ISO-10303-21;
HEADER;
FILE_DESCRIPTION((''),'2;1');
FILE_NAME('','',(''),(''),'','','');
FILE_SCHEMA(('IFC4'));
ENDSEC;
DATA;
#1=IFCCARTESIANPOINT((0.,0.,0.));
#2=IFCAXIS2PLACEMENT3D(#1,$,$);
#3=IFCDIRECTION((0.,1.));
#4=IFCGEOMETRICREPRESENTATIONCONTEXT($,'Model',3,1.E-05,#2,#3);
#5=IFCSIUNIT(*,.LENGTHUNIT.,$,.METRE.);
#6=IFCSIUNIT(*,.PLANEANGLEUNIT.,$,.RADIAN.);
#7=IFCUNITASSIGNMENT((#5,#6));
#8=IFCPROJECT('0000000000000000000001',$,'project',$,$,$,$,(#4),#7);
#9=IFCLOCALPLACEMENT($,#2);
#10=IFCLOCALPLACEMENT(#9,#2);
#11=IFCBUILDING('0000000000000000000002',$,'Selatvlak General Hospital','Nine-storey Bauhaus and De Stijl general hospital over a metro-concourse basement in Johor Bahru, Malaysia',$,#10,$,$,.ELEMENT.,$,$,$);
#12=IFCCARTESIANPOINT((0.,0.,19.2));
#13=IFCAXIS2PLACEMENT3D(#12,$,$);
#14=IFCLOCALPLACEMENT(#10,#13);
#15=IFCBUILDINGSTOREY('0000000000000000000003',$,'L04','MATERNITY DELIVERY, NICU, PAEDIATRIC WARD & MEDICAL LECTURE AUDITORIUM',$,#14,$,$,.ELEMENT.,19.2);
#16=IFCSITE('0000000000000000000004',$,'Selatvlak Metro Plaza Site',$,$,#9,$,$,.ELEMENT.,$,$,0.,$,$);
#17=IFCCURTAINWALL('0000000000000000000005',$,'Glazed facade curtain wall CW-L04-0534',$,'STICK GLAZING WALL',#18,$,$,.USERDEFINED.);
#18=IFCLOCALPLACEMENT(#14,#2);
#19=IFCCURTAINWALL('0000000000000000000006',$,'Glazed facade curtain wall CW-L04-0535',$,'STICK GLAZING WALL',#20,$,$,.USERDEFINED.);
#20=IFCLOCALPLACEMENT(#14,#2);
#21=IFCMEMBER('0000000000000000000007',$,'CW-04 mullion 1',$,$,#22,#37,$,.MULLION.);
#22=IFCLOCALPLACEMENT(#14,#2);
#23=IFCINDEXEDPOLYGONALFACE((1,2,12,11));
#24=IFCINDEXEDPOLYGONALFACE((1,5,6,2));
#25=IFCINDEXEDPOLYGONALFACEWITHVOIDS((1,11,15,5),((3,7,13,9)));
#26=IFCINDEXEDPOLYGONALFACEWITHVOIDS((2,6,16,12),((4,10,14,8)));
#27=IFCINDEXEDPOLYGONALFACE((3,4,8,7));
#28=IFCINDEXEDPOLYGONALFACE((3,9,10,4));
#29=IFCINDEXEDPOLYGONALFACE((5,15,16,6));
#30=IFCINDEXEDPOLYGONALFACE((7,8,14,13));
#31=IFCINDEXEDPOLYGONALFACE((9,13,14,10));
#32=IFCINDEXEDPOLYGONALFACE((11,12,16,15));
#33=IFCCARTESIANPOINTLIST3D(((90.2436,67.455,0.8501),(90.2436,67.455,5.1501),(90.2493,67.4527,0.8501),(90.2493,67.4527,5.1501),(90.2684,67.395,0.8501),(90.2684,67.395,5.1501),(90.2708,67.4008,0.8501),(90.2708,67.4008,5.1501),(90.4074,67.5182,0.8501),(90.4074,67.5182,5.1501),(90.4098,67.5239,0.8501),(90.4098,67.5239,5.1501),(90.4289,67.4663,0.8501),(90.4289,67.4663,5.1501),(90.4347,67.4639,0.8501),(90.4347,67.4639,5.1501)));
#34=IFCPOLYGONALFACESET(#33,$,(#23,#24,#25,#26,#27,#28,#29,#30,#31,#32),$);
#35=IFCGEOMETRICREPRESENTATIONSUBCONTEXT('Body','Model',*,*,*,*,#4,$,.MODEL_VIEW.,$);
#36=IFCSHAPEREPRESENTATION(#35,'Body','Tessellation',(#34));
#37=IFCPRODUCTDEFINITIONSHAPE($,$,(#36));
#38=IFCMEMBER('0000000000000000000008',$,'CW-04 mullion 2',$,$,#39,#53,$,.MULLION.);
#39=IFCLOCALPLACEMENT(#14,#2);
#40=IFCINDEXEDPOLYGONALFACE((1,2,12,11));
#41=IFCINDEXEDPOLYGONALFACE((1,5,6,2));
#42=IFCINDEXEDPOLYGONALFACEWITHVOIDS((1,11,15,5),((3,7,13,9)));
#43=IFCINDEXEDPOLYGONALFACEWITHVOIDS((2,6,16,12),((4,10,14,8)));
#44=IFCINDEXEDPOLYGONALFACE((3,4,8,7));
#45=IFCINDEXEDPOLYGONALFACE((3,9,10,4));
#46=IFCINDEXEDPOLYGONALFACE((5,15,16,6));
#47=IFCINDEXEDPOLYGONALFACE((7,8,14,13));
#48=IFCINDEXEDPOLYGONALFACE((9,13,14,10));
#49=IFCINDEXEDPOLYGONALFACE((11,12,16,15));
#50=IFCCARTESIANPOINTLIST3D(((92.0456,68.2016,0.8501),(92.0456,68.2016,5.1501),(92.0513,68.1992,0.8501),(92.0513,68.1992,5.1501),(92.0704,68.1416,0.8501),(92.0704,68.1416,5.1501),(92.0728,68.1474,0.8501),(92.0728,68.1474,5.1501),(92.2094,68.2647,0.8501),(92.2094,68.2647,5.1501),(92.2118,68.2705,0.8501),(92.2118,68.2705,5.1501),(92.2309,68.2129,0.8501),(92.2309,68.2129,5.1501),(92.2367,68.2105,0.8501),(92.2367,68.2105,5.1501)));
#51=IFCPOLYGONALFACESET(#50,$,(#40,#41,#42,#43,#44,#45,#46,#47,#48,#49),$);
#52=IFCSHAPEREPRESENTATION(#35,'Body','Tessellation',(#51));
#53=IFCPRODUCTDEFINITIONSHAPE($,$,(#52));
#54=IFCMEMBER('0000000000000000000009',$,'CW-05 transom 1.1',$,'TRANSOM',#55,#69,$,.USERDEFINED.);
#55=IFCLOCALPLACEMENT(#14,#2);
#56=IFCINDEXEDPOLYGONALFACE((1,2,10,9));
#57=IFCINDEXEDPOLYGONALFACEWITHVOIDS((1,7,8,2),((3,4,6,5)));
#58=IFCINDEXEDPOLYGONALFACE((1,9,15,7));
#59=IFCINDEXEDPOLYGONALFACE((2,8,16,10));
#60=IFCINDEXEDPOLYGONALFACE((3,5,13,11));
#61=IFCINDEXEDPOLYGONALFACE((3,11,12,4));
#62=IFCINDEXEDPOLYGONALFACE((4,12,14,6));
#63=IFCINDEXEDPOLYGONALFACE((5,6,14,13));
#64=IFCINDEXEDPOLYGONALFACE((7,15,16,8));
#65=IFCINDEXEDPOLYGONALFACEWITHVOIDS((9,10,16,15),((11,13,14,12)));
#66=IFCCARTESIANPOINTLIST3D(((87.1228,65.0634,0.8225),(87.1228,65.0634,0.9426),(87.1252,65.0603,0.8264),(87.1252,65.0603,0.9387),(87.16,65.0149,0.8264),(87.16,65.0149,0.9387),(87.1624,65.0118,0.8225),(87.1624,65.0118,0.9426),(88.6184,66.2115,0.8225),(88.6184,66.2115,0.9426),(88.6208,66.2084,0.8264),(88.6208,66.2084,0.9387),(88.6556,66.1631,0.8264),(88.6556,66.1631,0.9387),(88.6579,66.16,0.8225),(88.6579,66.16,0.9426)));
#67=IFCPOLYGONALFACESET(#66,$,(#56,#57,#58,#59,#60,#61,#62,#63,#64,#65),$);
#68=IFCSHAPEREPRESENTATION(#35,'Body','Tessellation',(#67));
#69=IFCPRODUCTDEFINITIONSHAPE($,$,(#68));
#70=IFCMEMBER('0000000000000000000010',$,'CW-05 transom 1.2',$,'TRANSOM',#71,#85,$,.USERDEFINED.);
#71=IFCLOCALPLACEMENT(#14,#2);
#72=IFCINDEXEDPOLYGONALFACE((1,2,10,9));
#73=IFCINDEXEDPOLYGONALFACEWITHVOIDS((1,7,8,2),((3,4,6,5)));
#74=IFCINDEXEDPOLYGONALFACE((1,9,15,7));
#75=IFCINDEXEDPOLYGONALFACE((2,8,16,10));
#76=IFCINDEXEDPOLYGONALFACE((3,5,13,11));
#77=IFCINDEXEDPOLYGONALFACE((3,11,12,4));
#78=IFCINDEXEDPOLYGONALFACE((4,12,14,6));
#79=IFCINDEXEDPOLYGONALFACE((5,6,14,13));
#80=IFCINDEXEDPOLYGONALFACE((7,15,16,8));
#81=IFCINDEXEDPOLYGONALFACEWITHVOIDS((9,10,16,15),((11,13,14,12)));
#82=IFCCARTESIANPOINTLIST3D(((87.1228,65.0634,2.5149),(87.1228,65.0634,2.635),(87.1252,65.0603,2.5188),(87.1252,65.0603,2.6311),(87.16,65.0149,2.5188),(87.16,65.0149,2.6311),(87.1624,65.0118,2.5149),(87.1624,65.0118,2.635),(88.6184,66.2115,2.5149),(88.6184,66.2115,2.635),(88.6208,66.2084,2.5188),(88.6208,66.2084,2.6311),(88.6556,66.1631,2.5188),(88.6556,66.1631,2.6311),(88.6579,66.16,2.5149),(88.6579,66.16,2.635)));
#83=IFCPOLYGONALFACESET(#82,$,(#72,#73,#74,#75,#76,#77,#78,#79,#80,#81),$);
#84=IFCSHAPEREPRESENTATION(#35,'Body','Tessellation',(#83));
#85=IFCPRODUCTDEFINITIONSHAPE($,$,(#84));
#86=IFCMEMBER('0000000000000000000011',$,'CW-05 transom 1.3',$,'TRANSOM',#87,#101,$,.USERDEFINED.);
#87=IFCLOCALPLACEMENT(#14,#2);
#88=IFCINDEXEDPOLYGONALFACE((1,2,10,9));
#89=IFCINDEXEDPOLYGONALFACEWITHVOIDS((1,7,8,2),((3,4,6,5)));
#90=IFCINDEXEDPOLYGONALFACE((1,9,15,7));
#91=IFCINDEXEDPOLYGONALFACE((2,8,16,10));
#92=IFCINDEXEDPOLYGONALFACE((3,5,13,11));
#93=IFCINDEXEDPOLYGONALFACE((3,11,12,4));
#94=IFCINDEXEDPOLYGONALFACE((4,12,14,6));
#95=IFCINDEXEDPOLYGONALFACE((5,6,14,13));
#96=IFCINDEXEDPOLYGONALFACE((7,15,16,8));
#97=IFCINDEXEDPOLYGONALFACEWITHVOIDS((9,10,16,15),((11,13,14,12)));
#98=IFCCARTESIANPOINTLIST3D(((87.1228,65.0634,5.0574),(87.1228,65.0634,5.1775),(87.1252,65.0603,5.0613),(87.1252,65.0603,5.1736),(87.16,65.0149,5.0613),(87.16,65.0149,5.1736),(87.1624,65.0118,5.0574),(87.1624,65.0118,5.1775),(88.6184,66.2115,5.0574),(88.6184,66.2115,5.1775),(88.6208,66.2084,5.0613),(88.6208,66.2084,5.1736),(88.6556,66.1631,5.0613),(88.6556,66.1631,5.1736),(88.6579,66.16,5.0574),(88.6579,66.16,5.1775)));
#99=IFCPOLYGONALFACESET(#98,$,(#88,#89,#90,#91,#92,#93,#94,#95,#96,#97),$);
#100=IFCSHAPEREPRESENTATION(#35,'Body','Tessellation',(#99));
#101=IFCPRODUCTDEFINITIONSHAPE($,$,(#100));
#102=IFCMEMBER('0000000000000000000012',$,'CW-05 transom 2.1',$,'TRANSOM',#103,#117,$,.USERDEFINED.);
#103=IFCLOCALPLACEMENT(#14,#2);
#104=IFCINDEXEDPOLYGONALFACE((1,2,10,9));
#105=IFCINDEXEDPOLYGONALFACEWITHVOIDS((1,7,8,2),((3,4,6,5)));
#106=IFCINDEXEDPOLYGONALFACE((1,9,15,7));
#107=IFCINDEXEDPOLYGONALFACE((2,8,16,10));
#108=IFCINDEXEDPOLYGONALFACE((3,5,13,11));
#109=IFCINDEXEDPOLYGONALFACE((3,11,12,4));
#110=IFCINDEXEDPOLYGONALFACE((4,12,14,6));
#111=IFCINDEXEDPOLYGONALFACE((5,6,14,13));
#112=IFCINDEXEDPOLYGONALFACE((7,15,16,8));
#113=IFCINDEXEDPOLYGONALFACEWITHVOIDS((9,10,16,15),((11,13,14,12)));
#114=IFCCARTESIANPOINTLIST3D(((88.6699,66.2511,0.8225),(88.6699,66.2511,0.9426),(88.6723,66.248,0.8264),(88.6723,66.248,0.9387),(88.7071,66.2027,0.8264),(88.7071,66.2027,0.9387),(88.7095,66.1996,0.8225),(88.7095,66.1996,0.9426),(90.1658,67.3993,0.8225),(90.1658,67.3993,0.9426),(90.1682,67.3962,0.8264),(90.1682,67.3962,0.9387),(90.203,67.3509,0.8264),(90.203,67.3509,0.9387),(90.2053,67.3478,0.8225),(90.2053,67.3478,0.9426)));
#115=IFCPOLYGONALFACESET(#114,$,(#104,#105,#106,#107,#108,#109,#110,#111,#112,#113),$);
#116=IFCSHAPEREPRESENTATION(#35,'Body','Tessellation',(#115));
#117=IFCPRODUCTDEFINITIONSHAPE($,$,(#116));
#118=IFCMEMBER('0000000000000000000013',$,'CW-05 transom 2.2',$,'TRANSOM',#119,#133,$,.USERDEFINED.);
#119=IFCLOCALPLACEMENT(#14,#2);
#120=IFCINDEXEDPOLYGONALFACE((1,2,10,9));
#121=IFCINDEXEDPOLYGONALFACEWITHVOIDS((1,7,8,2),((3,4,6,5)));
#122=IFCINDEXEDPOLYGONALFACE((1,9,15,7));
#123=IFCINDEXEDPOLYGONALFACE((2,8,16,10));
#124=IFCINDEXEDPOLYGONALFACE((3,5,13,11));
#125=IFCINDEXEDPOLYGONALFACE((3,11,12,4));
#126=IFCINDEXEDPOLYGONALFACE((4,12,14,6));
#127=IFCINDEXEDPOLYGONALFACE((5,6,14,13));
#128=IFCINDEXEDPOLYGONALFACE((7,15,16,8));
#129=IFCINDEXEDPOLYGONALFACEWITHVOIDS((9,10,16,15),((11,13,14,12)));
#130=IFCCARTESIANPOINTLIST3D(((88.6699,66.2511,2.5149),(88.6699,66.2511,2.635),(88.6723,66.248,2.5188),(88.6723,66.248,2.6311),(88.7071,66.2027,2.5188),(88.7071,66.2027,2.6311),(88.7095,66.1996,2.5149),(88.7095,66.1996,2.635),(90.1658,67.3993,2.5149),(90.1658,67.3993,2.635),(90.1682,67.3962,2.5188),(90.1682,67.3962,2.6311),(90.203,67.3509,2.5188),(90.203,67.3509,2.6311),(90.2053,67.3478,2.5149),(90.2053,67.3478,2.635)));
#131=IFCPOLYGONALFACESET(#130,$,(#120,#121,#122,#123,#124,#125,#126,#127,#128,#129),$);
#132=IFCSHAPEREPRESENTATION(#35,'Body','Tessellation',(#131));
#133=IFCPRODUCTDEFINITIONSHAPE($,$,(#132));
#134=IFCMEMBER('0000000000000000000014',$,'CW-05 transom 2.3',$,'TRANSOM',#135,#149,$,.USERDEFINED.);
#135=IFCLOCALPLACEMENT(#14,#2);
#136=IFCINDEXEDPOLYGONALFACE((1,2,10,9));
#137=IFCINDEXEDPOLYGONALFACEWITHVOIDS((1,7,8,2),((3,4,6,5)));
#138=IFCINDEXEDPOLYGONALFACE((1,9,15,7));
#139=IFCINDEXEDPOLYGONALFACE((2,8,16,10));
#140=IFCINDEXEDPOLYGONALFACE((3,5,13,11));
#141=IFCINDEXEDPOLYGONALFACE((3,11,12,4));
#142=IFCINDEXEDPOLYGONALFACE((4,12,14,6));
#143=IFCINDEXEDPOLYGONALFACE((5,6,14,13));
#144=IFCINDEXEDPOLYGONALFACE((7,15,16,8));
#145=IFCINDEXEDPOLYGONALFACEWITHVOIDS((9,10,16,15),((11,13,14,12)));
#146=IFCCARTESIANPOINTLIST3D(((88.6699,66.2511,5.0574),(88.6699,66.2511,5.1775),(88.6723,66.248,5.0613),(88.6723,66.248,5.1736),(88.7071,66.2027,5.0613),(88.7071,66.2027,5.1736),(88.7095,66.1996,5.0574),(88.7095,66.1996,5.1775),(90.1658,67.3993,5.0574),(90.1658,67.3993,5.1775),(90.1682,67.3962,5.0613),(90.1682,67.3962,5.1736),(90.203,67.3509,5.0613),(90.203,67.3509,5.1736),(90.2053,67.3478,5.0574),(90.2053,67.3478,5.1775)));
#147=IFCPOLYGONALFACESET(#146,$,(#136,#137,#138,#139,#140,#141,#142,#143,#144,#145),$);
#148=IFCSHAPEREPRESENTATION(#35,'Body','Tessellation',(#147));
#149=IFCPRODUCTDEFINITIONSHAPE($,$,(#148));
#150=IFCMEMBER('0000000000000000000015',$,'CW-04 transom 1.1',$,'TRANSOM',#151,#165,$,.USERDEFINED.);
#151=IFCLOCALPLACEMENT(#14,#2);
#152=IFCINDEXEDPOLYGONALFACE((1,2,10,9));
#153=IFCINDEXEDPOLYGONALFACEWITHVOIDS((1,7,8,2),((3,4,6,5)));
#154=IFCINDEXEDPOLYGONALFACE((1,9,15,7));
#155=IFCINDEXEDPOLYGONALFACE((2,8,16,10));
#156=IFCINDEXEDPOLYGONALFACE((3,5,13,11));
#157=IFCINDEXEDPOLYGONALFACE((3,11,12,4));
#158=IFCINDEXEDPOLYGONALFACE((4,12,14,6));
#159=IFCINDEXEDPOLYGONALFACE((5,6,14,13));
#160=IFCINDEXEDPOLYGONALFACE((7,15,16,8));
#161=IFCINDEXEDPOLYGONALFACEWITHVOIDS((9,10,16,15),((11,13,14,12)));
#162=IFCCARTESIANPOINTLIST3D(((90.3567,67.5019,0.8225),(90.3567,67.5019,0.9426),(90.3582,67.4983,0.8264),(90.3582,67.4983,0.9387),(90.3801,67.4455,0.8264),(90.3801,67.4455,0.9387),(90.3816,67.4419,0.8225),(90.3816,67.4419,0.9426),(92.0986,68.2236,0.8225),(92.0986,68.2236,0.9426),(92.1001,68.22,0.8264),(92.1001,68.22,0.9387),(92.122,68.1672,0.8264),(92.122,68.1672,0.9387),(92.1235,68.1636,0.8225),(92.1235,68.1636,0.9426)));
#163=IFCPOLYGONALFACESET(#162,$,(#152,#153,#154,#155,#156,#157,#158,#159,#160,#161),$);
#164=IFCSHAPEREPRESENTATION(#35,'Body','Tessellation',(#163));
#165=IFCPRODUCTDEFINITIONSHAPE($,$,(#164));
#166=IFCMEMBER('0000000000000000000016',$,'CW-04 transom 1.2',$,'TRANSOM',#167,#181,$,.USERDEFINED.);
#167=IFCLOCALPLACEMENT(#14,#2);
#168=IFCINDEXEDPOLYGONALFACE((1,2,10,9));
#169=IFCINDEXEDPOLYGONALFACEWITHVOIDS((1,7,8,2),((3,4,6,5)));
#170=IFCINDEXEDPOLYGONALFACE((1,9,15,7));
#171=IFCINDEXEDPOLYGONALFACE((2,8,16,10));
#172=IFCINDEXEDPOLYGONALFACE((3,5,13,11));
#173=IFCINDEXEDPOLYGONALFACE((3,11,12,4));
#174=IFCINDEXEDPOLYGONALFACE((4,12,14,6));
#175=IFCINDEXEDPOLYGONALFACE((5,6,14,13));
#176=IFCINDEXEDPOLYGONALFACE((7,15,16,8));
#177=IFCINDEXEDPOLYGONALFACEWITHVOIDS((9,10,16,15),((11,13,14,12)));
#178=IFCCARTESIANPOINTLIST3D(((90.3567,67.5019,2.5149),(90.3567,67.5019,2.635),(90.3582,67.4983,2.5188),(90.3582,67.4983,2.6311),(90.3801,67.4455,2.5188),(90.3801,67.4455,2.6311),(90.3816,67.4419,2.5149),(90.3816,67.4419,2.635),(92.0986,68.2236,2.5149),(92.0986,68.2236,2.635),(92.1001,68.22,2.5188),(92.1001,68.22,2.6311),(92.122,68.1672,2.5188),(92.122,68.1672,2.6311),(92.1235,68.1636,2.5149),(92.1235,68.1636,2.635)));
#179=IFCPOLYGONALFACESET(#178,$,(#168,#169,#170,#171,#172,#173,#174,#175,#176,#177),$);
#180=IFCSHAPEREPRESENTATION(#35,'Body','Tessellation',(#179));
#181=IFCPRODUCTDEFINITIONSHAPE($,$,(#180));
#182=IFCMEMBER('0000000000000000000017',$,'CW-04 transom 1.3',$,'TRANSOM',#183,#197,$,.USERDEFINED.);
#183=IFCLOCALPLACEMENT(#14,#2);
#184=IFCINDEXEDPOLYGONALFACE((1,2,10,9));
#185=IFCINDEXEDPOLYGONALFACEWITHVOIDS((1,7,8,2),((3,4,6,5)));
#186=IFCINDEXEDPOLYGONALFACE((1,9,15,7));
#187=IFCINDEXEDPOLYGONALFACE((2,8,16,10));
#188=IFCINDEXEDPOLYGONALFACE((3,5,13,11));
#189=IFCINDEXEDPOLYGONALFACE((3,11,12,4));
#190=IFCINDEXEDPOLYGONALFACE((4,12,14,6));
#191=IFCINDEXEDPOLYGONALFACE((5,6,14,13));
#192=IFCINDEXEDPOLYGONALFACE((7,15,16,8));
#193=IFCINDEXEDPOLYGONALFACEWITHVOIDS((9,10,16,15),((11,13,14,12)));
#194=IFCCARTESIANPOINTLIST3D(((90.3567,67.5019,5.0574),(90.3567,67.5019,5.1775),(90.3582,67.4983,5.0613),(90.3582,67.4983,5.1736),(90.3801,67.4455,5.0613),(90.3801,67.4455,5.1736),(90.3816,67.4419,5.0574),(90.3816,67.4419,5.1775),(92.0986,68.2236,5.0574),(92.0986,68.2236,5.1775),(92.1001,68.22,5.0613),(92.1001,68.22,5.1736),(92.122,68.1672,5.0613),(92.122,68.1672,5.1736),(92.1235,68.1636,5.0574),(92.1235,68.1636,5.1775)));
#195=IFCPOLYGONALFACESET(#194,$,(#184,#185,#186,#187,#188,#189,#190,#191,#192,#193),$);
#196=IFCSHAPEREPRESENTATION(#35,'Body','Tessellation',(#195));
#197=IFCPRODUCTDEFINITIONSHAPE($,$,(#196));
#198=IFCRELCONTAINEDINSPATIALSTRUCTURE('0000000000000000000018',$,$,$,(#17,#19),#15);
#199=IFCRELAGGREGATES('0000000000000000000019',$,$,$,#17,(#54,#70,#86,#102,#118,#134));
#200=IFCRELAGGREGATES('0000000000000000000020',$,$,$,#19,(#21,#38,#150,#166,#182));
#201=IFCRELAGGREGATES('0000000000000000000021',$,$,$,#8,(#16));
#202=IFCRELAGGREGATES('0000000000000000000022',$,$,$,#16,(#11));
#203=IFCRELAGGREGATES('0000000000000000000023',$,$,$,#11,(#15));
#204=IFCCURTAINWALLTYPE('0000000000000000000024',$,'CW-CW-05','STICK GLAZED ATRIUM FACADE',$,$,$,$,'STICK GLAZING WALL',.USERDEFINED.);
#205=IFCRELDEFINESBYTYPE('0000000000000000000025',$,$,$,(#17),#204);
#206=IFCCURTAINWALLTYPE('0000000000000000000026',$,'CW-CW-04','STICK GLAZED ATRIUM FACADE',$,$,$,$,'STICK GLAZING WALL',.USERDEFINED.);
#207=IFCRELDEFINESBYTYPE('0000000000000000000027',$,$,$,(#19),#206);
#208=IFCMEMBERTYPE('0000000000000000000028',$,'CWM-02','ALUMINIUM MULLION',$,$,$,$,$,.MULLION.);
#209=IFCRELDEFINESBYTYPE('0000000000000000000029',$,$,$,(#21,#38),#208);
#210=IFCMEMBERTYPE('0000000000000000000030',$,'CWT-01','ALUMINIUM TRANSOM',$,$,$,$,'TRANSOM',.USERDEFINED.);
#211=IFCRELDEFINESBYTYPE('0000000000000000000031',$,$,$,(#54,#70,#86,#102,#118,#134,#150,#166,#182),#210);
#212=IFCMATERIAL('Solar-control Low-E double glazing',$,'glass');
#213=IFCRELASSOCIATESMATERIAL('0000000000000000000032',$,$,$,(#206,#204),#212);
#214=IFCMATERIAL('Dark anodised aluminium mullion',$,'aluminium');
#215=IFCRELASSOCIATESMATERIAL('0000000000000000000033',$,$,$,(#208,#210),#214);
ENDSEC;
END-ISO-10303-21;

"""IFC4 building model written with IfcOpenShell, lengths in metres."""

from ifc_helpers import new_model, si_unit, direction, frame, origin, origin_2d, place, context, subcontext, project, spatial, hollow_rectangle, extrude, material, material_profile, profile_set, type_object, element, aggregate, save


model = new_model("IFC4")

# Units and contexts
model_context = context("Model", 3, precision=1e-05, world=origin(), true_north=direction((0.0, 1.0)))
body_context = subcontext(model_context, "Body", "Model", "MODEL_VIEW")
ifc_project = project(units=[si_unit("LENGTHUNIT", "METRE"), si_unit("PLANEANGLEUNIT", "RADIAN")], contexts=[model_context])

# Site, building, storey
site_placement = place(None, origin())
site = spatial("IfcSite", under=ifc_project, at=site_placement, Name="Selatvlak Metro Plaza Site", CompositionType="ELEMENT", RefElevation=0.0)
building_placement = place(site_placement, origin())
building = spatial("IfcBuilding", under=site, at=building_placement, Name="Selatvlak General Hospital", Description="Nine-storey Bauhaus and De Stijl general hospital over a metro-concourse basement in Johor Bahru, Malaysia", CompositionType="ELEMENT")
storey_placement = place(building_placement, frame((0.0, 0.0, 19.2)))
storey = spatial("IfcBuildingStorey", under=building, at=storey_placement, Name="L04", Description="MATERNITY DELIVERY, NICU, PAEDIATRIC WARD & MEDICAL LECTURE AUDITORIUM", CompositionType="ELEMENT", Elevation=19.2)

# Shared definitions
ifc_material_1 = material(Name="Solar-control Low-E double glazing", Category="glass")
curtain_wall_type_1 = type_object("IfcCurtainWallType", Name="CW-CW-04", Description="STICK GLAZED ATRIUM FACADE", ElementType="STICK GLAZING WALL", PredefinedType="USERDEFINED", material=ifc_material_1)
ifc_material_2 = material(Name="Dark anodised aluminium mullion", Category="aluminium")
ifc_material_profile_1 = material_profile(ifc_material_2, hollow_rectangle(XDim=0.0649, YDim=0.1799, WallThickness=0.0044, at=origin_2d()), Name="AL-MUL 65x180x4.5")
ifc_profile_set_1 = profile_set([ifc_material_profile_1], Name="Dark anodised aluminium mullion")
member_type_1 = type_object("IfcMemberType", Name="CWM-02", Description="ALUMINIUM MULLION", PredefinedType="MULLION", material=ifc_profile_set_1)

# Curtain walls, members
curtain_wall_type_2 = type_object("IfcCurtainWallType", Name="CW-CW-05", Description="STICK GLAZED ATRIUM FACADE", ElementType="STICK GLAZING WALL", PredefinedType="USERDEFINED", material=ifc_material_1)
curtain_wall_1_placement = place(storey_placement, origin())
curtain_wall_1 = element("IfcCurtainWall", 1, at=curtain_wall_1_placement, inside=storey, type_object=curtain_wall_type_2, Name="Glazed facade curtain wall CW-L04-0534", ObjectType="STICK GLAZING WALL", PredefinedType="USERDEFINED")
curtain_wall_2_placement = place(storey_placement, origin())
curtain_wall_2 = element("IfcCurtainWall", 2, at=curtain_wall_2_placement, inside=storey, type_object=curtain_wall_type_1, Name="Glazed facade curtain wall CW-L04-0535", ObjectType="STICK GLAZING WALL", PredefinedType="USERDEFINED")
member_1_placement = place(storey_placement, frame((90.3391, 67.4595, 0.8501), z_axis=(0.0, 0.0, 1.0), x_axis=(-0.382753, 0.923851, 0.0)))
member_1 = element("IfcMember", 3, at=member_1_placement, type_object=member_type_1, Name="CW-04 mullion 1", PredefinedType="MULLION", context=body_context, shape_type="SweptSolid", body=[
    extrude(hollow_rectangle(XDim=0.0649, YDim=0.1799, WallThickness=0.0044, at=origin_2d()), origin(), (0.0, 0.0, 1.0), 4.3),
])
member_2_placement = place(storey_placement, frame((92.1411, 68.2061, 0.8501), z_axis=(0.0, 0.0, 1.0), x_axis=(-0.382753, 0.923851, 0.0)))
member_2 = element("IfcMember", 4, at=member_2_placement, type_object=member_type_1, Name="CW-04 mullion 2", PredefinedType="MULLION", context=body_context, shape_type="SweptSolid", body=[
    extrude(hollow_rectangle(XDim=0.0649, YDim=0.1799, WallThickness=0.0044, at=origin_2d()), origin(), (0.0, 0.0, 1.0), 4.3),
])

# Members
ifc_material_profile_2 = material_profile(ifc_material_2, hollow_rectangle(XDim=0.0649, YDim=0.1201, WallThickness=0.0039, at=origin_2d()), Name="AL-TRN 65x120x4")
ifc_profile_set_2 = profile_set([ifc_material_profile_2], Name="Dark anodised aluminium mullion")
member_type_2 = type_object("IfcMemberType", Name="CWT-01", Description="ALUMINIUM TRANSOM", ElementType="TRANSOM", PredefinedType="USERDEFINED", material=ifc_profile_set_2)
member_3_placement = place(storey_placement, frame((87.1426, 65.0376, 0.8826), z_axis=(0.793206, 0.608953, 0.0), x_axis=(-0.608953, 0.793206, 0.0)))
member_3 = element("IfcMember", 5, at=member_3_placement, type_object=member_type_2, Name="CW-05 transom 1.1", ObjectType="TRANSOM", PredefinedType="USERDEFINED", context=body_context, shape_type="SweptSolid", body=[
    extrude(hollow_rectangle(XDim=0.0649, YDim=0.1201, WallThickness=0.0039, at=origin_2d()), origin(), (0.0, 0.0, 1.0), 1.8855),
])
member_4_placement = place(storey_placement, frame((87.1426, 65.0376, 2.575), z_axis=(0.793206, 0.608953, 0.0), x_axis=(-0.608953, 0.793206, 0.0)))
member_4 = element("IfcMember", 6, at=member_4_placement, type_object=member_type_2, Name="CW-05 transom 1.2", ObjectType="TRANSOM", PredefinedType="USERDEFINED", context=body_context, shape_type="SweptSolid", body=[
    extrude(hollow_rectangle(XDim=0.0649, YDim=0.1201, WallThickness=0.0039, at=origin_2d()), origin(), (0.0, 0.0, 1.0), 1.8855),
])
member_5_placement = place(storey_placement, frame((87.1426, 65.0376, 5.1174), z_axis=(0.793206, 0.608953, 0.0), x_axis=(-0.608953, 0.793206, 0.0)))
member_5 = element("IfcMember", 7, at=member_5_placement, type_object=member_type_2, Name="CW-05 transom 1.3", ObjectType="TRANSOM", PredefinedType="USERDEFINED", context=body_context, shape_type="SweptSolid", body=[
    extrude(hollow_rectangle(XDim=0.0649, YDim=0.1201, WallThickness=0.0039, at=origin_2d()), origin(), (0.0, 0.0, 1.0), 1.8855),
])
member_6_placement = place(storey_placement, frame((88.6897, 66.2253, 0.8826), z_axis=(0.793254, 0.608891, 0.0), x_axis=(-0.608891, 0.793254, 0.0)))
member_6 = element("IfcMember", 8, at=member_6_placement, type_object=member_type_2, Name="CW-05 transom 2.1", ObjectType="TRANSOM", PredefinedType="USERDEFINED", context=body_context, shape_type="SweptSolid", body=[
    extrude(hollow_rectangle(XDim=0.0649, YDim=0.1201, WallThickness=0.0039, at=origin_2d()), origin(), (0.0, 0.0, 1.0), 1.8857),
])
member_7_placement = place(storey_placement, frame((88.6897, 66.2253, 2.575), z_axis=(0.793254, 0.608891, 0.0), x_axis=(-0.608891, 0.793254, 0.0)))
member_7 = element("IfcMember", 9, at=member_7_placement, type_object=member_type_2, Name="CW-05 transom 2.2", ObjectType="TRANSOM", PredefinedType="USERDEFINED", context=body_context, shape_type="SweptSolid", body=[
    extrude(hollow_rectangle(XDim=0.0649, YDim=0.1201, WallThickness=0.0039, at=origin_2d()), origin(), (0.0, 0.0, 1.0), 1.8857),
])
member_8_placement = place(storey_placement, frame((88.6897, 66.2253, 5.1174), z_axis=(0.793254, 0.608891, 0.0), x_axis=(-0.608891, 0.793254, 0.0)))
member_8 = element("IfcMember", 10, at=member_8_placement, type_object=member_type_2, Name="CW-05 transom 2.3", ObjectType="TRANSOM", PredefinedType="USERDEFINED", context=body_context, shape_type="SweptSolid", body=[
    extrude(hollow_rectangle(XDim=0.0649, YDim=0.1201, WallThickness=0.0039, at=origin_2d()), origin(), (0.0, 0.0, 1.0), 1.8857),
])
member_9_placement = place(storey_placement, frame((90.3691, 67.4719, 0.8826), z_axis=(0.923853, 0.382748, 0.0), x_axis=(-0.382748, 0.923853, 0.0)))
member_9 = element("IfcMember", 11, at=member_9_placement, type_object=member_type_2, Name="CW-04 transom 1.1", ObjectType="TRANSOM", PredefinedType="USERDEFINED", context=body_context, shape_type="SweptSolid", body=[
    extrude(hollow_rectangle(XDim=0.0649, YDim=0.1201, WallThickness=0.0039, at=origin_2d()), origin(), (0.0, 0.0, 1.0), 1.8855),
])
member_10_placement = place(storey_placement, frame((90.3691, 67.4719, 2.575), z_axis=(0.923853, 0.382748, 0.0), x_axis=(-0.382748, 0.923853, 0.0)))
member_10 = element("IfcMember", 12, at=member_10_placement, type_object=member_type_2, Name="CW-04 transom 1.2", ObjectType="TRANSOM", PredefinedType="USERDEFINED", context=body_context, shape_type="SweptSolid", body=[
    extrude(hollow_rectangle(XDim=0.0649, YDim=0.1201, WallThickness=0.0039, at=origin_2d()), origin(), (0.0, 0.0, 1.0), 1.8855),
])
member_11_placement = place(storey_placement, frame((90.3691, 67.4719, 5.1174), z_axis=(0.923853, 0.382748, 0.0), x_axis=(-0.382748, 0.923853, 0.0)))
member_11 = element("IfcMember", 13, at=member_11_placement, type_object=member_type_2, Name="CW-04 transom 1.3", ObjectType="TRANSOM", PredefinedType="USERDEFINED", context=body_context, shape_type="SweptSolid", body=[
    extrude(hollow_rectangle(XDim=0.0649, YDim=0.1201, WallThickness=0.0039, at=origin_2d()), origin(), (0.0, 0.0, 1.0), 1.8855),
])

aggregate(curtain_wall_1, [member_3, member_4, member_5, member_6, member_7, member_8])
aggregate(curtain_wall_2, [member_1, member_2, member_9, member_10, member_11])

save(model, "model.ifc")
